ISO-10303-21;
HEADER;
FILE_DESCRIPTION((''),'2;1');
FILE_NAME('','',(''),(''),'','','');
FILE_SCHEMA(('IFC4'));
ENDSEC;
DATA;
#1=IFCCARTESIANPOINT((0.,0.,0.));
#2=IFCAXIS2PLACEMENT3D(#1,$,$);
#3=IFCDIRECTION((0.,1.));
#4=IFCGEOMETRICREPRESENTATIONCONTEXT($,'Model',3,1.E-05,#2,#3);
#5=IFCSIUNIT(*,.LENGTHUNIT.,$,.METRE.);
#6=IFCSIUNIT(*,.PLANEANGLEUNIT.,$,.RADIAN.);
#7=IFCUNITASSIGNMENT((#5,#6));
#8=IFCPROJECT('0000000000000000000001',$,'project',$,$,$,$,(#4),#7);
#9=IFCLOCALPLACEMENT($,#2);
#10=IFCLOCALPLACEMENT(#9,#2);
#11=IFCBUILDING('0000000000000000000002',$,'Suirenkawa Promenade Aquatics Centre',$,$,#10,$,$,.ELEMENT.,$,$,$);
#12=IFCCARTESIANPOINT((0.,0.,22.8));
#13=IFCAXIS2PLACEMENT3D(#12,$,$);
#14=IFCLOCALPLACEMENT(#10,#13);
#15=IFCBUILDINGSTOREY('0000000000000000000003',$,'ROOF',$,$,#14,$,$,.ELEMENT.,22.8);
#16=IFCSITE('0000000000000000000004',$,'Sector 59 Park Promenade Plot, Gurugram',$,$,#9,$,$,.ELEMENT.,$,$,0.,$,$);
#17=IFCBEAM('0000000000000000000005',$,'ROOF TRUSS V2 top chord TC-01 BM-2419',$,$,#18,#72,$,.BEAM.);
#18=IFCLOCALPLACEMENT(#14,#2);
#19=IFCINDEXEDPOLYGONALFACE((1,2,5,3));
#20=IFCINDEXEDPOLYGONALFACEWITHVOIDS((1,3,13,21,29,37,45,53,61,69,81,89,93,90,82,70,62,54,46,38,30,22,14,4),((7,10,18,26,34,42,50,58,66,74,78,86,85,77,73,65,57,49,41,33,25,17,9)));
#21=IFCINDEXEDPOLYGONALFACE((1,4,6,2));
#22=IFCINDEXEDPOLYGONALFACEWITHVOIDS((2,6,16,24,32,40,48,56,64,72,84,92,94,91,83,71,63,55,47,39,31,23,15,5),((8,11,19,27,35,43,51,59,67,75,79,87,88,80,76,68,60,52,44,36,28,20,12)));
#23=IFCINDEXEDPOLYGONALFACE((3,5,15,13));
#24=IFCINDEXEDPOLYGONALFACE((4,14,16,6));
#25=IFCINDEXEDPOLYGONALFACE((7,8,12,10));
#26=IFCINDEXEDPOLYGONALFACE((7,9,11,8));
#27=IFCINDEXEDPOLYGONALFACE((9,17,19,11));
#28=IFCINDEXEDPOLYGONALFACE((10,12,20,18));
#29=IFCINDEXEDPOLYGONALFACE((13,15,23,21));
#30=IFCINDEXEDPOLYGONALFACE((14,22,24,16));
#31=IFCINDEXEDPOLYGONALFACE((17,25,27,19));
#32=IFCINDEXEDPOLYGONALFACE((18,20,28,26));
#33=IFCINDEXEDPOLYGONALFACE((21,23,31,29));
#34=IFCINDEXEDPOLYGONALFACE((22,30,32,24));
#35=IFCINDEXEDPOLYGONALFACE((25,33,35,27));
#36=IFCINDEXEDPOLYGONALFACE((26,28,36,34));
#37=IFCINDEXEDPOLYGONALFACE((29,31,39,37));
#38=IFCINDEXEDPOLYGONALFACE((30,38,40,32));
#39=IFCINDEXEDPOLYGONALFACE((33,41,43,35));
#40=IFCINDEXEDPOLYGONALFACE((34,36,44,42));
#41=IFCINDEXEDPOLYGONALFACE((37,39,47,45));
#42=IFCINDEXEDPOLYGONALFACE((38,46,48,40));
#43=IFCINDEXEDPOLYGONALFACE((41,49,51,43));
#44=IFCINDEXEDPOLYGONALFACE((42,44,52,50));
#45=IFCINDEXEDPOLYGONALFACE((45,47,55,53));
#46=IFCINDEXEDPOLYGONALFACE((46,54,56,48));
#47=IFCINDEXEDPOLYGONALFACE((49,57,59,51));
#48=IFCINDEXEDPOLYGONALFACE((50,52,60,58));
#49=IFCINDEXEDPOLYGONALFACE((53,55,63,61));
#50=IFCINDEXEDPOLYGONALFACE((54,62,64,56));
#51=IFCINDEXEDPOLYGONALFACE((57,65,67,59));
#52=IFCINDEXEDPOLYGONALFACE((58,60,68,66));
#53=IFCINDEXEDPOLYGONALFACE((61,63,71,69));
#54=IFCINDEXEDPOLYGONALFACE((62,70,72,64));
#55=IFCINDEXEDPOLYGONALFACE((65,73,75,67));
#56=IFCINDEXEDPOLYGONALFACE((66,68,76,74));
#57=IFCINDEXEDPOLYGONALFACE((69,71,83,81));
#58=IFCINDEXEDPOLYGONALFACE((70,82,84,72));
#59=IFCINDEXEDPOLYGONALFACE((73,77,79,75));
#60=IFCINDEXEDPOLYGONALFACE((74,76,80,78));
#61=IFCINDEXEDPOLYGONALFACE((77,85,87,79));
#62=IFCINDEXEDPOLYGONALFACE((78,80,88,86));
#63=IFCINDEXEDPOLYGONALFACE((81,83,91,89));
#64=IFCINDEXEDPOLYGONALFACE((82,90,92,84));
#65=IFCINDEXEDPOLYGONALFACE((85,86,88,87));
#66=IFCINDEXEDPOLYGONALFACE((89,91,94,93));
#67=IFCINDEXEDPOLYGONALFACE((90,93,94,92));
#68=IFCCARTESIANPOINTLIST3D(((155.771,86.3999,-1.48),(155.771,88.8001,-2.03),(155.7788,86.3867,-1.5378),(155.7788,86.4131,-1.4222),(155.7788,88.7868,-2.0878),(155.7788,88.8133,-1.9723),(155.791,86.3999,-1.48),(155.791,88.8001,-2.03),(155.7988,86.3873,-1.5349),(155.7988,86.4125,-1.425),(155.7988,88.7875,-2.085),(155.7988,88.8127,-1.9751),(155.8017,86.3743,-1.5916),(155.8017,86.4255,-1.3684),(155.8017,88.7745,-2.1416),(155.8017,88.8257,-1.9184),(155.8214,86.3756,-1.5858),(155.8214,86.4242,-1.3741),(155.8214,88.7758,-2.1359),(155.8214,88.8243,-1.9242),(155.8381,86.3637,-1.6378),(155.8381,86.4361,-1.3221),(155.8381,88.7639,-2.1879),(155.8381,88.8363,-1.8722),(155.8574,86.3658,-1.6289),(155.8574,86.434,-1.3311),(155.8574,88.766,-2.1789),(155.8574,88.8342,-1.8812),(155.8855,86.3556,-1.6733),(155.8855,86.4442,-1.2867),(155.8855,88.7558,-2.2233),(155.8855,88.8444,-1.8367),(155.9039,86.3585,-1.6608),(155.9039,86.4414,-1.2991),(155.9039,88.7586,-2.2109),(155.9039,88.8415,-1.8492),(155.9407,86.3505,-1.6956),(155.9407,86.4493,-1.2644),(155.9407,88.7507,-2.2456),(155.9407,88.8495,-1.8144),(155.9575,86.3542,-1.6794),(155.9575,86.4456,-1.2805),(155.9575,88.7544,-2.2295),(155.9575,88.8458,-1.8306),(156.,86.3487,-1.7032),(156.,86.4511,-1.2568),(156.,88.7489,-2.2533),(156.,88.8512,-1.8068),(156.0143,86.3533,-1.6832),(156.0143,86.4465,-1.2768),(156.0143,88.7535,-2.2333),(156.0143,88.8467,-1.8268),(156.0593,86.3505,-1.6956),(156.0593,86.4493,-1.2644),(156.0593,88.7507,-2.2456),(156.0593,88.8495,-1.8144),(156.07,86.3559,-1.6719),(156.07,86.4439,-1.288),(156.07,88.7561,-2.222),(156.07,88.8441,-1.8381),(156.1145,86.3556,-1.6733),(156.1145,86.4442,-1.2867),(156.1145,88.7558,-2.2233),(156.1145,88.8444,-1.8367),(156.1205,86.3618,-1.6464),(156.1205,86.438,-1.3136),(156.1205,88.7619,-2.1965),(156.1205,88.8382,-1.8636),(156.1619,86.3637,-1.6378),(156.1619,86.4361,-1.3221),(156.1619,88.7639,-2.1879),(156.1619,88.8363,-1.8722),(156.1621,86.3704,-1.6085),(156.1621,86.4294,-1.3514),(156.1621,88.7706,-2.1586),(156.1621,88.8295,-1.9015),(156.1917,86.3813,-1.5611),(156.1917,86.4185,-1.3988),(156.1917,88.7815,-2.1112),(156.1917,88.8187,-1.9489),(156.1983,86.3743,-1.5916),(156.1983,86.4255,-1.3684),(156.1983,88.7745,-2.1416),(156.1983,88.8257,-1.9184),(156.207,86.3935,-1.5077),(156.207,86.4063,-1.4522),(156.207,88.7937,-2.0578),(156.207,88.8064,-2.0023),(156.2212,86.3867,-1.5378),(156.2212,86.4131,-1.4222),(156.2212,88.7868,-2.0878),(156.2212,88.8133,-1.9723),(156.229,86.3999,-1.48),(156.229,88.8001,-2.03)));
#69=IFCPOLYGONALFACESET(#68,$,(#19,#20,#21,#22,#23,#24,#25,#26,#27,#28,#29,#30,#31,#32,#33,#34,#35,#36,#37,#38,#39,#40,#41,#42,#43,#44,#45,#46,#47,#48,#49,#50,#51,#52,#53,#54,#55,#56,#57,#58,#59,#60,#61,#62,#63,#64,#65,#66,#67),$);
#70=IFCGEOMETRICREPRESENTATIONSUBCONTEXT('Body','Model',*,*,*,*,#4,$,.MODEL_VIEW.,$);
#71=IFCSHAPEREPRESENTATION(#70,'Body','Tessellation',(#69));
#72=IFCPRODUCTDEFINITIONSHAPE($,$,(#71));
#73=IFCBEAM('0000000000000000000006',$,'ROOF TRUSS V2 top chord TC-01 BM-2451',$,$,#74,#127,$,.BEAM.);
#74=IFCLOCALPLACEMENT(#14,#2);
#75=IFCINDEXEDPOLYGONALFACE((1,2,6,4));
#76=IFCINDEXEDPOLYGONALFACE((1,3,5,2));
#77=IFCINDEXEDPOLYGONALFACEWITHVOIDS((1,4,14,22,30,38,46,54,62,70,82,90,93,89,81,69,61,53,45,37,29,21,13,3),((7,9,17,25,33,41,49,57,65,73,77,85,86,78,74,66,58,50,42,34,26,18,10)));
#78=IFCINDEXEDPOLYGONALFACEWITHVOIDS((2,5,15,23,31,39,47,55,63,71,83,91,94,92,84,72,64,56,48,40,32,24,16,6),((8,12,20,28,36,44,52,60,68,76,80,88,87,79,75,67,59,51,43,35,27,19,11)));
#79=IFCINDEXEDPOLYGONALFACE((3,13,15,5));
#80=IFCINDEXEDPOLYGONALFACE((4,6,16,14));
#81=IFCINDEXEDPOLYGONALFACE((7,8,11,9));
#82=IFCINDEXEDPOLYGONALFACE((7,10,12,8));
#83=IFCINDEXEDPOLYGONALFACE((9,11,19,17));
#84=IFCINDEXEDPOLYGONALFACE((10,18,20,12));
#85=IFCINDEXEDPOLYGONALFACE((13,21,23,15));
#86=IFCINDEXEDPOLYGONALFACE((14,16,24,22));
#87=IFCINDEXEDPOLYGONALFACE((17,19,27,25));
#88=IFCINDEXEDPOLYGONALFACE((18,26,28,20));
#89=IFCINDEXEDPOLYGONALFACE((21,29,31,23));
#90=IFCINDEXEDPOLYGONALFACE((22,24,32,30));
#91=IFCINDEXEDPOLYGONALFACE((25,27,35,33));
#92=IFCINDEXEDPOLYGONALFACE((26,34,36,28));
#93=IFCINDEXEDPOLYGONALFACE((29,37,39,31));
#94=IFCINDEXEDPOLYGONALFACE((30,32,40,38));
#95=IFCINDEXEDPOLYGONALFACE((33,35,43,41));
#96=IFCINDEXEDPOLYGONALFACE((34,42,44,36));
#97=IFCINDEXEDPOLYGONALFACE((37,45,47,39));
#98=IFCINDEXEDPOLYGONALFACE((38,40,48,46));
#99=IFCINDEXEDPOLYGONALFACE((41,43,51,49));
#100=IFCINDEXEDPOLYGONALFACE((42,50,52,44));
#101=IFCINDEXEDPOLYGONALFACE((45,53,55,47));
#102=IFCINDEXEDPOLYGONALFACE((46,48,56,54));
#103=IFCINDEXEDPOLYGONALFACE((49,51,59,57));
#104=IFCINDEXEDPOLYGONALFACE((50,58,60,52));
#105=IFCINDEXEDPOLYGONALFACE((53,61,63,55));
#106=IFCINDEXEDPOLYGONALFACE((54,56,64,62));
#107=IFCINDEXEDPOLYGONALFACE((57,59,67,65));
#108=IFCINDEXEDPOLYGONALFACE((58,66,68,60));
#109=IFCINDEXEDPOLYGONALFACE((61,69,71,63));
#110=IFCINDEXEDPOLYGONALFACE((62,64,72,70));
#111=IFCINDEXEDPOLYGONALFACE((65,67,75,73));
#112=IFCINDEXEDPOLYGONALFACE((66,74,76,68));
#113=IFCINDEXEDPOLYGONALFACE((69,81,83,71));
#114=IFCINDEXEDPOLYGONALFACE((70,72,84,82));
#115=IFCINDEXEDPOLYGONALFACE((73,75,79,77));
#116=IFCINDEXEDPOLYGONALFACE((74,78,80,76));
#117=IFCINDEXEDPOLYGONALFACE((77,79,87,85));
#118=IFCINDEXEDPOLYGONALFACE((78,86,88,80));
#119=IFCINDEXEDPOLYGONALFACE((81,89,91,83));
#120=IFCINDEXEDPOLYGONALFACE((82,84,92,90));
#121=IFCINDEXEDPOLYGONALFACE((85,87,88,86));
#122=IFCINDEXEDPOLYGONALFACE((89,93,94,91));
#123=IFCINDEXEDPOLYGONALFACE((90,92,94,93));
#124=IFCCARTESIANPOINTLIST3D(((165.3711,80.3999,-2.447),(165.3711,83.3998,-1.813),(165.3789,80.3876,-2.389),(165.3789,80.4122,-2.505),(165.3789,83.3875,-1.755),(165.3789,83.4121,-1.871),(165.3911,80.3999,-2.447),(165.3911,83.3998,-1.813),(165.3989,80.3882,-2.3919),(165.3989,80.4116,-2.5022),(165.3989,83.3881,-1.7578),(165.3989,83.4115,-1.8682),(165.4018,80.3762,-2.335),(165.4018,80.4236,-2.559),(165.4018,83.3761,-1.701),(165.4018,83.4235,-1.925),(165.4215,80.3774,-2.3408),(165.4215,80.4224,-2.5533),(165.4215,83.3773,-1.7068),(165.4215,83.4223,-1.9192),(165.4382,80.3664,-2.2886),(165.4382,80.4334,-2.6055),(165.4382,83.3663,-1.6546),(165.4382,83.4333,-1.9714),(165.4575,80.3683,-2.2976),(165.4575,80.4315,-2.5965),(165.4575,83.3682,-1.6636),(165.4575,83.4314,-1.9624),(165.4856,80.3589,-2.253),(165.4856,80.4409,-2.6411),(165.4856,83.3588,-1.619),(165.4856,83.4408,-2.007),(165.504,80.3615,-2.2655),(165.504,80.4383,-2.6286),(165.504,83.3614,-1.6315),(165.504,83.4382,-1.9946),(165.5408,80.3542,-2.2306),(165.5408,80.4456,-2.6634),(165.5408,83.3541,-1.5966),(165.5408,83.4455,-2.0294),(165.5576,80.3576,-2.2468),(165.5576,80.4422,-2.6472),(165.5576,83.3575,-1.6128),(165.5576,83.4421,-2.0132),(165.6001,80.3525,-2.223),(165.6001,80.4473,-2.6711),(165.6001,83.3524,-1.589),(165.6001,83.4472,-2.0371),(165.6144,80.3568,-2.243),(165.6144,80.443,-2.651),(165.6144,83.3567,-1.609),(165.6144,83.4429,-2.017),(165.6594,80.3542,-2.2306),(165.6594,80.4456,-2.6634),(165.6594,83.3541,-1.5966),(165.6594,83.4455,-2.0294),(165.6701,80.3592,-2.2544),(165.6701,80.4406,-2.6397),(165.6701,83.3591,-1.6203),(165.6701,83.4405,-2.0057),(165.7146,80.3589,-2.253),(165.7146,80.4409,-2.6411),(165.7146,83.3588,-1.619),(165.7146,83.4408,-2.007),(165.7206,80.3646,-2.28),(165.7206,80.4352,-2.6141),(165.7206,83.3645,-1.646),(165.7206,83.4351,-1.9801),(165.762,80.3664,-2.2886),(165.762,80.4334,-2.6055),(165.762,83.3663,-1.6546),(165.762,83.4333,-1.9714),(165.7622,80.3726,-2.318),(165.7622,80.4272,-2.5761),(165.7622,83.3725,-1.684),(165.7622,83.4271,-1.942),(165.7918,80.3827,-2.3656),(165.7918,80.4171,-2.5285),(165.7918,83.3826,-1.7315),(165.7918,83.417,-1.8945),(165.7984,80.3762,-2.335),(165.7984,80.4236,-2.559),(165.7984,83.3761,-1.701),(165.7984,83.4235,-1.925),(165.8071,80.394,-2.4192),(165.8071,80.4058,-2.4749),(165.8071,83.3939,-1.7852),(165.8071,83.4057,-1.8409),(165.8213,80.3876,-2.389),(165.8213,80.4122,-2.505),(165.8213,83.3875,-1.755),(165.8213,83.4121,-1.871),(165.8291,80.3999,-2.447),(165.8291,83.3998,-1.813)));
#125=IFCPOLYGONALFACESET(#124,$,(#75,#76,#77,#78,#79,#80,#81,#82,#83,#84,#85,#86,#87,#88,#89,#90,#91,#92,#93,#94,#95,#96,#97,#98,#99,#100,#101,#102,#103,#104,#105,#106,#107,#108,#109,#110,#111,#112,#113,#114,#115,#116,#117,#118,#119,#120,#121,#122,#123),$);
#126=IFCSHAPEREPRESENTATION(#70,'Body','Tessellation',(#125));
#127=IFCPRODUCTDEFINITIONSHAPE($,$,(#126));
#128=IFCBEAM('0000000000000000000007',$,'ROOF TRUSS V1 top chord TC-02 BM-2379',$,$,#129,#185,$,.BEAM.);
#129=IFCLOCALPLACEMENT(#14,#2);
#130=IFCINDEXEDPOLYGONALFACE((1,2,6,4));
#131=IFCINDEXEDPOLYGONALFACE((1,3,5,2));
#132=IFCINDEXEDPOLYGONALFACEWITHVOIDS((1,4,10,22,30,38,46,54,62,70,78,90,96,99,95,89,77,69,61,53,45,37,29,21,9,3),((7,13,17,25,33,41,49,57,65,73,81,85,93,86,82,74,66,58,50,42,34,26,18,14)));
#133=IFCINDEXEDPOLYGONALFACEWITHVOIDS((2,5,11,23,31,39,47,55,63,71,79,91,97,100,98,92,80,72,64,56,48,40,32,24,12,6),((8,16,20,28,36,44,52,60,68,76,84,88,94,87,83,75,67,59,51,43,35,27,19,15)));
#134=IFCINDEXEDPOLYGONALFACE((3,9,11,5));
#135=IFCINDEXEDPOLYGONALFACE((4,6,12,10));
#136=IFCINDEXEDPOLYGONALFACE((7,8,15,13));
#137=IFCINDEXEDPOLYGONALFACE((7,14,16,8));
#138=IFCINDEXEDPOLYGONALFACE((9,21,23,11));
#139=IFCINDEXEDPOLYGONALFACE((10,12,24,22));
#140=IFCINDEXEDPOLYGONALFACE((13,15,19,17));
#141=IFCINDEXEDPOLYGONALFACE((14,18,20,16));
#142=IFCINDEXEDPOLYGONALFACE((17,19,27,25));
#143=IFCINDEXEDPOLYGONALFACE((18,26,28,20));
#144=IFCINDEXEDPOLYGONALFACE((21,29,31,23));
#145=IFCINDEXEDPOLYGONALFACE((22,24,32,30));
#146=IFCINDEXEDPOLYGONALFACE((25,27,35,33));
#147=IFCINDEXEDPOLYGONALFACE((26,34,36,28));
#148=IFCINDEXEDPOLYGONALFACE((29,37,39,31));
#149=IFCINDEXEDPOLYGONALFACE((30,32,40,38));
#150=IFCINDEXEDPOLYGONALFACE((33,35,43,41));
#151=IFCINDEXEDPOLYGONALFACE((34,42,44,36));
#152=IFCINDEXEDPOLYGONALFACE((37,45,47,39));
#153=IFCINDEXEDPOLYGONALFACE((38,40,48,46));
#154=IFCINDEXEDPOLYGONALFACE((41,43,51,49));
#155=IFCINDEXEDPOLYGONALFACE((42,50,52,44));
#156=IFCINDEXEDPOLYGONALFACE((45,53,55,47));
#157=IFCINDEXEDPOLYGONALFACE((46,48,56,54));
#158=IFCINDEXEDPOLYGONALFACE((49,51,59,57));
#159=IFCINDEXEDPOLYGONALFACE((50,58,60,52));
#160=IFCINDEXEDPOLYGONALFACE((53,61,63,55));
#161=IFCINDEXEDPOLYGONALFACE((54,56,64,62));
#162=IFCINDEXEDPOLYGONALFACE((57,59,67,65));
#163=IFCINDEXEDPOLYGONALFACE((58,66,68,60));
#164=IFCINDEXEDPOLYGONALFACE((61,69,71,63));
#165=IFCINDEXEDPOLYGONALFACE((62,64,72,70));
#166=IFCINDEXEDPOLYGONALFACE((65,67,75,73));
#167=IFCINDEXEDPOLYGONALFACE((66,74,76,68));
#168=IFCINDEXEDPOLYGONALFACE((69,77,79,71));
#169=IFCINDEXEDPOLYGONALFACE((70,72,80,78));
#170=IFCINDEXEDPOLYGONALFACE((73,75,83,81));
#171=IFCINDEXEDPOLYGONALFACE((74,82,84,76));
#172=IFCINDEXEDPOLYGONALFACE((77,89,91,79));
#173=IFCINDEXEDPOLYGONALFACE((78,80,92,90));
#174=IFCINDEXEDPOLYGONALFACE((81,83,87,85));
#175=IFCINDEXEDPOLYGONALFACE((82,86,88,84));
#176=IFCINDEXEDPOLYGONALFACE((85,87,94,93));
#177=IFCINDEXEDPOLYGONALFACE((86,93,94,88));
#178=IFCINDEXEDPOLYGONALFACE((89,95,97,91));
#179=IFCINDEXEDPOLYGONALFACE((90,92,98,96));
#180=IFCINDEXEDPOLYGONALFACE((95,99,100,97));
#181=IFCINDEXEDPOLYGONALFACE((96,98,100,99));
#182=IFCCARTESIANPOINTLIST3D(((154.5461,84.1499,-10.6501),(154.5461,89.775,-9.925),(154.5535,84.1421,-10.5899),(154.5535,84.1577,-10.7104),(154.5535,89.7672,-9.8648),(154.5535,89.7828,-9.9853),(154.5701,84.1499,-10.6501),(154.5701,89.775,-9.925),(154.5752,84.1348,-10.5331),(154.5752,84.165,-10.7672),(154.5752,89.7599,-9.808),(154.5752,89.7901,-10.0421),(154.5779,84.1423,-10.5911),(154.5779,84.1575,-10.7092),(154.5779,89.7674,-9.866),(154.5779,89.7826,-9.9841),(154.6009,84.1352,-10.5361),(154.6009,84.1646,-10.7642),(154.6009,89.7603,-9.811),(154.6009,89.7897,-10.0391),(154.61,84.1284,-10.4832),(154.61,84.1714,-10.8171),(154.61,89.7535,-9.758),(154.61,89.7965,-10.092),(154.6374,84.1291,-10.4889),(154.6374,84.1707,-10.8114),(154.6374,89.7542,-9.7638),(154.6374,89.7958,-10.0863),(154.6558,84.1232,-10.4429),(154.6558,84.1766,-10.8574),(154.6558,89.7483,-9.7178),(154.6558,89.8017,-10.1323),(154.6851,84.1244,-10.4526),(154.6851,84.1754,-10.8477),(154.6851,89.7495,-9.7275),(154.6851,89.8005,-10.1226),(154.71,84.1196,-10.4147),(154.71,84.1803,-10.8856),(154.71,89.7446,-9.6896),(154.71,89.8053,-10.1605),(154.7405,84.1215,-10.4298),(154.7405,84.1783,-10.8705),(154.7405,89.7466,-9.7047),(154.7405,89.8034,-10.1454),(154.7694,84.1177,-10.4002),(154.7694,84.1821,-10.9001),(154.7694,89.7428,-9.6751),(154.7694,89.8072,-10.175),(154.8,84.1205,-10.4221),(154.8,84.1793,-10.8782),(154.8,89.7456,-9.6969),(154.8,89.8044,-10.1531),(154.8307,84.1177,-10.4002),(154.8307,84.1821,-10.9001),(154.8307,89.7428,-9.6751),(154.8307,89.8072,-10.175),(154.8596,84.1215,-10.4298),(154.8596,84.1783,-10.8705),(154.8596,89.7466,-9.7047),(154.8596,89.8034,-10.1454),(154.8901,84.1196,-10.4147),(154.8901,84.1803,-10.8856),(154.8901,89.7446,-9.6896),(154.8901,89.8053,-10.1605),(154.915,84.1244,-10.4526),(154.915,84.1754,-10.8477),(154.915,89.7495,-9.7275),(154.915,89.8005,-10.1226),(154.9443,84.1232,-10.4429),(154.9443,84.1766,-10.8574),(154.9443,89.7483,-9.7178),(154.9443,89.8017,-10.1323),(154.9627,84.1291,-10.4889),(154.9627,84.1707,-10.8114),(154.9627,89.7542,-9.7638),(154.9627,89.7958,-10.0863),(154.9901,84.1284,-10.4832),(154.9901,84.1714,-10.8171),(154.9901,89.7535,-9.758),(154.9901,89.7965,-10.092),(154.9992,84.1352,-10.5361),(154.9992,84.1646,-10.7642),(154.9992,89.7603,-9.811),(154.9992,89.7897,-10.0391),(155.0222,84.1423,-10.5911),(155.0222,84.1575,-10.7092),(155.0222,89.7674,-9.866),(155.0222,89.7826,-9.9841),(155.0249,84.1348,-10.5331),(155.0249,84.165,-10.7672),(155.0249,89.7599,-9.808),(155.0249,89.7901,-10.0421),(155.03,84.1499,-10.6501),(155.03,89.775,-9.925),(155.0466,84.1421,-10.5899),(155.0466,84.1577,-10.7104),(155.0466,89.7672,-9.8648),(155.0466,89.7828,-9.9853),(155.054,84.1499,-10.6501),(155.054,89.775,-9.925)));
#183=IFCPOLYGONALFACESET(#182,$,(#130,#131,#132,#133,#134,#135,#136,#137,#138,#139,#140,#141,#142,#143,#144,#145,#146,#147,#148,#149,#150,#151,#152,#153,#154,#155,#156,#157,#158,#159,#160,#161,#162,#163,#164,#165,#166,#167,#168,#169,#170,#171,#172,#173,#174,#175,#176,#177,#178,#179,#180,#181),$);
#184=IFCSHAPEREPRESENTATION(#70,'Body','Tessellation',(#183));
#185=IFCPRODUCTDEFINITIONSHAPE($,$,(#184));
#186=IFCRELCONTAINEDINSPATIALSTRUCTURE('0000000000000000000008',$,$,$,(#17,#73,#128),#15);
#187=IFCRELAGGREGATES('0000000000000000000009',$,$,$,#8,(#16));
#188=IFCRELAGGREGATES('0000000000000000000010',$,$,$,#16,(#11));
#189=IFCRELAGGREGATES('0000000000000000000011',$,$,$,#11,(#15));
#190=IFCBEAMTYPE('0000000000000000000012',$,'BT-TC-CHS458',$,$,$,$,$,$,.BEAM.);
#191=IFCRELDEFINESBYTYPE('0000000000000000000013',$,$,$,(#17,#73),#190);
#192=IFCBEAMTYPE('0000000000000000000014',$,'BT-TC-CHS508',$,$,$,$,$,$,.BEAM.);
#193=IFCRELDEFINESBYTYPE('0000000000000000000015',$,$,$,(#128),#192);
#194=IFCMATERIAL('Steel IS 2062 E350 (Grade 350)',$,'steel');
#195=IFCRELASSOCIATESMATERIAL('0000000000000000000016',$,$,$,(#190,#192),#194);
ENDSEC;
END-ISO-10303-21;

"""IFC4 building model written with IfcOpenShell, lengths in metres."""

from ifc_helpers import new_model, si_unit, direction, frame, origin, origin_2d, place, context, subcontext, project, spatial, hollow_circle, extrude, material, material_profile, profile_set, type_object, element, save


model = new_model("IFC4")

# Units and contexts
model_context = context("Model", 3, precision=1e-05, world=origin(), true_north=direction((0.0, 1.0)))
body_context = subcontext(model_context, "Body", "Model", "MODEL_VIEW")
ifc_project = project(units=[si_unit("LENGTHUNIT", "METRE"), si_unit("PLANEANGLEUNIT", "RADIAN")], contexts=[model_context])

# Site, building, storey
site_placement = place(None, origin())
site = spatial("IfcSite", under=ifc_project, at=site_placement, Name="Sector 59 Park Promenade Plot, Gurugram", CompositionType="ELEMENT", RefElevation=0.0)
building_placement = place(site_placement, origin())
building = spatial("IfcBuilding", under=site, at=building_placement, Name="Suirenkawa Promenade Aquatics Centre", CompositionType="ELEMENT")
storey_placement = place(building_placement, frame((0.0, 0.0, 22.8)))
storey = spatial("IfcBuildingStorey", under=building, at=storey_placement, Name="ROOF", CompositionType="ELEMENT", Elevation=22.8)

# Beams
ifc_material = material(Name="Steel IS 2062 E350 (Grade 350)", Category="steel")
ifc_material_profile_1 = material_profile(ifc_material, hollow_circle(Radius=0.229, WallThickness=0.02, at=origin_2d()), Name="CHS 458x20", Category="steel")
ifc_profile_set_1 = profile_set([ifc_material_profile_1], Name="Steel IS 2062 E350 (Grade 350)")
beam_type_1 = type_object("IfcBeamType", Name="BT-TC-CHS458", PredefinedType="BEAM", material=ifc_profile_set_1)
beam_1_placement = place(storey_placement, frame((156.0, 86.3999, -1.48), z_axis=(0.0, 0.974731, -0.223382), x_axis=(-1.0, 0.0, 0.0)))
element("IfcBeam", 1, at=beam_1_placement, inside=storey, type_object=beam_type_1, Name="ROOF TRUSS V2 top chord TC-01 BM-2419", PredefinedType="BEAM", context=body_context, shape_type="SweptSolid", body=[
    extrude(hollow_circle(Radius=0.229, WallThickness=0.02, at=origin_2d()), origin(), (0.0, 0.0, 1.0), 2.4624),
])
beam_2_placement = place(storey_placement, frame((165.6001, 80.3999, -2.447), z_axis=(0.0, 0.978388, 0.206777), x_axis=(-1.0, 0.0, 0.0)))
element("IfcBeam", 2, at=beam_2_placement, inside=storey, type_object=beam_type_1, Name="ROOF TRUSS V2 top chord TC-01 BM-2451", PredefinedType="BEAM", context=body_context, shape_type="SweptSolid", body=[
    extrude(hollow_circle(Radius=0.229, WallThickness=0.02, at=origin_2d()), origin(), (0.0, 0.0, 1.0), 3.0662),
])
ifc_material_profile_2 = material_profile(ifc_material, hollow_circle(Radius=0.2539, WallThickness=0.0239, at=origin_2d()), Name="CHS 508x24", Category="steel")
ifc_profile_set_2 = profile_set([ifc_material_profile_2], Name="Steel IS 2062 E350 (Grade 350)")
beam_type_2 = type_object("IfcBeamType", Name="BT-TC-CHS508", PredefinedType="BEAM", material=ifc_profile_set_2)
beam_3_placement = place(storey_placement, frame((154.8, 84.1499, -10.6501), z_axis=(0.0, 0.991794, 0.127848), x_axis=(-1.0, 0.0, 0.0)))
element("IfcBeam", 3, at=beam_3_placement, inside=storey, type_object=beam_type_2, Name="ROOF TRUSS V1 top chord TC-02 BM-2379", PredefinedType="BEAM", context=body_context, shape_type="SweptSolid", body=[
    extrude(hollow_circle(Radius=0.2539, WallThickness=0.0239, at=origin_2d()), origin(), (0.0, 0.0, 1.0), 5.6716),
])

save(model, "model.ifc")
